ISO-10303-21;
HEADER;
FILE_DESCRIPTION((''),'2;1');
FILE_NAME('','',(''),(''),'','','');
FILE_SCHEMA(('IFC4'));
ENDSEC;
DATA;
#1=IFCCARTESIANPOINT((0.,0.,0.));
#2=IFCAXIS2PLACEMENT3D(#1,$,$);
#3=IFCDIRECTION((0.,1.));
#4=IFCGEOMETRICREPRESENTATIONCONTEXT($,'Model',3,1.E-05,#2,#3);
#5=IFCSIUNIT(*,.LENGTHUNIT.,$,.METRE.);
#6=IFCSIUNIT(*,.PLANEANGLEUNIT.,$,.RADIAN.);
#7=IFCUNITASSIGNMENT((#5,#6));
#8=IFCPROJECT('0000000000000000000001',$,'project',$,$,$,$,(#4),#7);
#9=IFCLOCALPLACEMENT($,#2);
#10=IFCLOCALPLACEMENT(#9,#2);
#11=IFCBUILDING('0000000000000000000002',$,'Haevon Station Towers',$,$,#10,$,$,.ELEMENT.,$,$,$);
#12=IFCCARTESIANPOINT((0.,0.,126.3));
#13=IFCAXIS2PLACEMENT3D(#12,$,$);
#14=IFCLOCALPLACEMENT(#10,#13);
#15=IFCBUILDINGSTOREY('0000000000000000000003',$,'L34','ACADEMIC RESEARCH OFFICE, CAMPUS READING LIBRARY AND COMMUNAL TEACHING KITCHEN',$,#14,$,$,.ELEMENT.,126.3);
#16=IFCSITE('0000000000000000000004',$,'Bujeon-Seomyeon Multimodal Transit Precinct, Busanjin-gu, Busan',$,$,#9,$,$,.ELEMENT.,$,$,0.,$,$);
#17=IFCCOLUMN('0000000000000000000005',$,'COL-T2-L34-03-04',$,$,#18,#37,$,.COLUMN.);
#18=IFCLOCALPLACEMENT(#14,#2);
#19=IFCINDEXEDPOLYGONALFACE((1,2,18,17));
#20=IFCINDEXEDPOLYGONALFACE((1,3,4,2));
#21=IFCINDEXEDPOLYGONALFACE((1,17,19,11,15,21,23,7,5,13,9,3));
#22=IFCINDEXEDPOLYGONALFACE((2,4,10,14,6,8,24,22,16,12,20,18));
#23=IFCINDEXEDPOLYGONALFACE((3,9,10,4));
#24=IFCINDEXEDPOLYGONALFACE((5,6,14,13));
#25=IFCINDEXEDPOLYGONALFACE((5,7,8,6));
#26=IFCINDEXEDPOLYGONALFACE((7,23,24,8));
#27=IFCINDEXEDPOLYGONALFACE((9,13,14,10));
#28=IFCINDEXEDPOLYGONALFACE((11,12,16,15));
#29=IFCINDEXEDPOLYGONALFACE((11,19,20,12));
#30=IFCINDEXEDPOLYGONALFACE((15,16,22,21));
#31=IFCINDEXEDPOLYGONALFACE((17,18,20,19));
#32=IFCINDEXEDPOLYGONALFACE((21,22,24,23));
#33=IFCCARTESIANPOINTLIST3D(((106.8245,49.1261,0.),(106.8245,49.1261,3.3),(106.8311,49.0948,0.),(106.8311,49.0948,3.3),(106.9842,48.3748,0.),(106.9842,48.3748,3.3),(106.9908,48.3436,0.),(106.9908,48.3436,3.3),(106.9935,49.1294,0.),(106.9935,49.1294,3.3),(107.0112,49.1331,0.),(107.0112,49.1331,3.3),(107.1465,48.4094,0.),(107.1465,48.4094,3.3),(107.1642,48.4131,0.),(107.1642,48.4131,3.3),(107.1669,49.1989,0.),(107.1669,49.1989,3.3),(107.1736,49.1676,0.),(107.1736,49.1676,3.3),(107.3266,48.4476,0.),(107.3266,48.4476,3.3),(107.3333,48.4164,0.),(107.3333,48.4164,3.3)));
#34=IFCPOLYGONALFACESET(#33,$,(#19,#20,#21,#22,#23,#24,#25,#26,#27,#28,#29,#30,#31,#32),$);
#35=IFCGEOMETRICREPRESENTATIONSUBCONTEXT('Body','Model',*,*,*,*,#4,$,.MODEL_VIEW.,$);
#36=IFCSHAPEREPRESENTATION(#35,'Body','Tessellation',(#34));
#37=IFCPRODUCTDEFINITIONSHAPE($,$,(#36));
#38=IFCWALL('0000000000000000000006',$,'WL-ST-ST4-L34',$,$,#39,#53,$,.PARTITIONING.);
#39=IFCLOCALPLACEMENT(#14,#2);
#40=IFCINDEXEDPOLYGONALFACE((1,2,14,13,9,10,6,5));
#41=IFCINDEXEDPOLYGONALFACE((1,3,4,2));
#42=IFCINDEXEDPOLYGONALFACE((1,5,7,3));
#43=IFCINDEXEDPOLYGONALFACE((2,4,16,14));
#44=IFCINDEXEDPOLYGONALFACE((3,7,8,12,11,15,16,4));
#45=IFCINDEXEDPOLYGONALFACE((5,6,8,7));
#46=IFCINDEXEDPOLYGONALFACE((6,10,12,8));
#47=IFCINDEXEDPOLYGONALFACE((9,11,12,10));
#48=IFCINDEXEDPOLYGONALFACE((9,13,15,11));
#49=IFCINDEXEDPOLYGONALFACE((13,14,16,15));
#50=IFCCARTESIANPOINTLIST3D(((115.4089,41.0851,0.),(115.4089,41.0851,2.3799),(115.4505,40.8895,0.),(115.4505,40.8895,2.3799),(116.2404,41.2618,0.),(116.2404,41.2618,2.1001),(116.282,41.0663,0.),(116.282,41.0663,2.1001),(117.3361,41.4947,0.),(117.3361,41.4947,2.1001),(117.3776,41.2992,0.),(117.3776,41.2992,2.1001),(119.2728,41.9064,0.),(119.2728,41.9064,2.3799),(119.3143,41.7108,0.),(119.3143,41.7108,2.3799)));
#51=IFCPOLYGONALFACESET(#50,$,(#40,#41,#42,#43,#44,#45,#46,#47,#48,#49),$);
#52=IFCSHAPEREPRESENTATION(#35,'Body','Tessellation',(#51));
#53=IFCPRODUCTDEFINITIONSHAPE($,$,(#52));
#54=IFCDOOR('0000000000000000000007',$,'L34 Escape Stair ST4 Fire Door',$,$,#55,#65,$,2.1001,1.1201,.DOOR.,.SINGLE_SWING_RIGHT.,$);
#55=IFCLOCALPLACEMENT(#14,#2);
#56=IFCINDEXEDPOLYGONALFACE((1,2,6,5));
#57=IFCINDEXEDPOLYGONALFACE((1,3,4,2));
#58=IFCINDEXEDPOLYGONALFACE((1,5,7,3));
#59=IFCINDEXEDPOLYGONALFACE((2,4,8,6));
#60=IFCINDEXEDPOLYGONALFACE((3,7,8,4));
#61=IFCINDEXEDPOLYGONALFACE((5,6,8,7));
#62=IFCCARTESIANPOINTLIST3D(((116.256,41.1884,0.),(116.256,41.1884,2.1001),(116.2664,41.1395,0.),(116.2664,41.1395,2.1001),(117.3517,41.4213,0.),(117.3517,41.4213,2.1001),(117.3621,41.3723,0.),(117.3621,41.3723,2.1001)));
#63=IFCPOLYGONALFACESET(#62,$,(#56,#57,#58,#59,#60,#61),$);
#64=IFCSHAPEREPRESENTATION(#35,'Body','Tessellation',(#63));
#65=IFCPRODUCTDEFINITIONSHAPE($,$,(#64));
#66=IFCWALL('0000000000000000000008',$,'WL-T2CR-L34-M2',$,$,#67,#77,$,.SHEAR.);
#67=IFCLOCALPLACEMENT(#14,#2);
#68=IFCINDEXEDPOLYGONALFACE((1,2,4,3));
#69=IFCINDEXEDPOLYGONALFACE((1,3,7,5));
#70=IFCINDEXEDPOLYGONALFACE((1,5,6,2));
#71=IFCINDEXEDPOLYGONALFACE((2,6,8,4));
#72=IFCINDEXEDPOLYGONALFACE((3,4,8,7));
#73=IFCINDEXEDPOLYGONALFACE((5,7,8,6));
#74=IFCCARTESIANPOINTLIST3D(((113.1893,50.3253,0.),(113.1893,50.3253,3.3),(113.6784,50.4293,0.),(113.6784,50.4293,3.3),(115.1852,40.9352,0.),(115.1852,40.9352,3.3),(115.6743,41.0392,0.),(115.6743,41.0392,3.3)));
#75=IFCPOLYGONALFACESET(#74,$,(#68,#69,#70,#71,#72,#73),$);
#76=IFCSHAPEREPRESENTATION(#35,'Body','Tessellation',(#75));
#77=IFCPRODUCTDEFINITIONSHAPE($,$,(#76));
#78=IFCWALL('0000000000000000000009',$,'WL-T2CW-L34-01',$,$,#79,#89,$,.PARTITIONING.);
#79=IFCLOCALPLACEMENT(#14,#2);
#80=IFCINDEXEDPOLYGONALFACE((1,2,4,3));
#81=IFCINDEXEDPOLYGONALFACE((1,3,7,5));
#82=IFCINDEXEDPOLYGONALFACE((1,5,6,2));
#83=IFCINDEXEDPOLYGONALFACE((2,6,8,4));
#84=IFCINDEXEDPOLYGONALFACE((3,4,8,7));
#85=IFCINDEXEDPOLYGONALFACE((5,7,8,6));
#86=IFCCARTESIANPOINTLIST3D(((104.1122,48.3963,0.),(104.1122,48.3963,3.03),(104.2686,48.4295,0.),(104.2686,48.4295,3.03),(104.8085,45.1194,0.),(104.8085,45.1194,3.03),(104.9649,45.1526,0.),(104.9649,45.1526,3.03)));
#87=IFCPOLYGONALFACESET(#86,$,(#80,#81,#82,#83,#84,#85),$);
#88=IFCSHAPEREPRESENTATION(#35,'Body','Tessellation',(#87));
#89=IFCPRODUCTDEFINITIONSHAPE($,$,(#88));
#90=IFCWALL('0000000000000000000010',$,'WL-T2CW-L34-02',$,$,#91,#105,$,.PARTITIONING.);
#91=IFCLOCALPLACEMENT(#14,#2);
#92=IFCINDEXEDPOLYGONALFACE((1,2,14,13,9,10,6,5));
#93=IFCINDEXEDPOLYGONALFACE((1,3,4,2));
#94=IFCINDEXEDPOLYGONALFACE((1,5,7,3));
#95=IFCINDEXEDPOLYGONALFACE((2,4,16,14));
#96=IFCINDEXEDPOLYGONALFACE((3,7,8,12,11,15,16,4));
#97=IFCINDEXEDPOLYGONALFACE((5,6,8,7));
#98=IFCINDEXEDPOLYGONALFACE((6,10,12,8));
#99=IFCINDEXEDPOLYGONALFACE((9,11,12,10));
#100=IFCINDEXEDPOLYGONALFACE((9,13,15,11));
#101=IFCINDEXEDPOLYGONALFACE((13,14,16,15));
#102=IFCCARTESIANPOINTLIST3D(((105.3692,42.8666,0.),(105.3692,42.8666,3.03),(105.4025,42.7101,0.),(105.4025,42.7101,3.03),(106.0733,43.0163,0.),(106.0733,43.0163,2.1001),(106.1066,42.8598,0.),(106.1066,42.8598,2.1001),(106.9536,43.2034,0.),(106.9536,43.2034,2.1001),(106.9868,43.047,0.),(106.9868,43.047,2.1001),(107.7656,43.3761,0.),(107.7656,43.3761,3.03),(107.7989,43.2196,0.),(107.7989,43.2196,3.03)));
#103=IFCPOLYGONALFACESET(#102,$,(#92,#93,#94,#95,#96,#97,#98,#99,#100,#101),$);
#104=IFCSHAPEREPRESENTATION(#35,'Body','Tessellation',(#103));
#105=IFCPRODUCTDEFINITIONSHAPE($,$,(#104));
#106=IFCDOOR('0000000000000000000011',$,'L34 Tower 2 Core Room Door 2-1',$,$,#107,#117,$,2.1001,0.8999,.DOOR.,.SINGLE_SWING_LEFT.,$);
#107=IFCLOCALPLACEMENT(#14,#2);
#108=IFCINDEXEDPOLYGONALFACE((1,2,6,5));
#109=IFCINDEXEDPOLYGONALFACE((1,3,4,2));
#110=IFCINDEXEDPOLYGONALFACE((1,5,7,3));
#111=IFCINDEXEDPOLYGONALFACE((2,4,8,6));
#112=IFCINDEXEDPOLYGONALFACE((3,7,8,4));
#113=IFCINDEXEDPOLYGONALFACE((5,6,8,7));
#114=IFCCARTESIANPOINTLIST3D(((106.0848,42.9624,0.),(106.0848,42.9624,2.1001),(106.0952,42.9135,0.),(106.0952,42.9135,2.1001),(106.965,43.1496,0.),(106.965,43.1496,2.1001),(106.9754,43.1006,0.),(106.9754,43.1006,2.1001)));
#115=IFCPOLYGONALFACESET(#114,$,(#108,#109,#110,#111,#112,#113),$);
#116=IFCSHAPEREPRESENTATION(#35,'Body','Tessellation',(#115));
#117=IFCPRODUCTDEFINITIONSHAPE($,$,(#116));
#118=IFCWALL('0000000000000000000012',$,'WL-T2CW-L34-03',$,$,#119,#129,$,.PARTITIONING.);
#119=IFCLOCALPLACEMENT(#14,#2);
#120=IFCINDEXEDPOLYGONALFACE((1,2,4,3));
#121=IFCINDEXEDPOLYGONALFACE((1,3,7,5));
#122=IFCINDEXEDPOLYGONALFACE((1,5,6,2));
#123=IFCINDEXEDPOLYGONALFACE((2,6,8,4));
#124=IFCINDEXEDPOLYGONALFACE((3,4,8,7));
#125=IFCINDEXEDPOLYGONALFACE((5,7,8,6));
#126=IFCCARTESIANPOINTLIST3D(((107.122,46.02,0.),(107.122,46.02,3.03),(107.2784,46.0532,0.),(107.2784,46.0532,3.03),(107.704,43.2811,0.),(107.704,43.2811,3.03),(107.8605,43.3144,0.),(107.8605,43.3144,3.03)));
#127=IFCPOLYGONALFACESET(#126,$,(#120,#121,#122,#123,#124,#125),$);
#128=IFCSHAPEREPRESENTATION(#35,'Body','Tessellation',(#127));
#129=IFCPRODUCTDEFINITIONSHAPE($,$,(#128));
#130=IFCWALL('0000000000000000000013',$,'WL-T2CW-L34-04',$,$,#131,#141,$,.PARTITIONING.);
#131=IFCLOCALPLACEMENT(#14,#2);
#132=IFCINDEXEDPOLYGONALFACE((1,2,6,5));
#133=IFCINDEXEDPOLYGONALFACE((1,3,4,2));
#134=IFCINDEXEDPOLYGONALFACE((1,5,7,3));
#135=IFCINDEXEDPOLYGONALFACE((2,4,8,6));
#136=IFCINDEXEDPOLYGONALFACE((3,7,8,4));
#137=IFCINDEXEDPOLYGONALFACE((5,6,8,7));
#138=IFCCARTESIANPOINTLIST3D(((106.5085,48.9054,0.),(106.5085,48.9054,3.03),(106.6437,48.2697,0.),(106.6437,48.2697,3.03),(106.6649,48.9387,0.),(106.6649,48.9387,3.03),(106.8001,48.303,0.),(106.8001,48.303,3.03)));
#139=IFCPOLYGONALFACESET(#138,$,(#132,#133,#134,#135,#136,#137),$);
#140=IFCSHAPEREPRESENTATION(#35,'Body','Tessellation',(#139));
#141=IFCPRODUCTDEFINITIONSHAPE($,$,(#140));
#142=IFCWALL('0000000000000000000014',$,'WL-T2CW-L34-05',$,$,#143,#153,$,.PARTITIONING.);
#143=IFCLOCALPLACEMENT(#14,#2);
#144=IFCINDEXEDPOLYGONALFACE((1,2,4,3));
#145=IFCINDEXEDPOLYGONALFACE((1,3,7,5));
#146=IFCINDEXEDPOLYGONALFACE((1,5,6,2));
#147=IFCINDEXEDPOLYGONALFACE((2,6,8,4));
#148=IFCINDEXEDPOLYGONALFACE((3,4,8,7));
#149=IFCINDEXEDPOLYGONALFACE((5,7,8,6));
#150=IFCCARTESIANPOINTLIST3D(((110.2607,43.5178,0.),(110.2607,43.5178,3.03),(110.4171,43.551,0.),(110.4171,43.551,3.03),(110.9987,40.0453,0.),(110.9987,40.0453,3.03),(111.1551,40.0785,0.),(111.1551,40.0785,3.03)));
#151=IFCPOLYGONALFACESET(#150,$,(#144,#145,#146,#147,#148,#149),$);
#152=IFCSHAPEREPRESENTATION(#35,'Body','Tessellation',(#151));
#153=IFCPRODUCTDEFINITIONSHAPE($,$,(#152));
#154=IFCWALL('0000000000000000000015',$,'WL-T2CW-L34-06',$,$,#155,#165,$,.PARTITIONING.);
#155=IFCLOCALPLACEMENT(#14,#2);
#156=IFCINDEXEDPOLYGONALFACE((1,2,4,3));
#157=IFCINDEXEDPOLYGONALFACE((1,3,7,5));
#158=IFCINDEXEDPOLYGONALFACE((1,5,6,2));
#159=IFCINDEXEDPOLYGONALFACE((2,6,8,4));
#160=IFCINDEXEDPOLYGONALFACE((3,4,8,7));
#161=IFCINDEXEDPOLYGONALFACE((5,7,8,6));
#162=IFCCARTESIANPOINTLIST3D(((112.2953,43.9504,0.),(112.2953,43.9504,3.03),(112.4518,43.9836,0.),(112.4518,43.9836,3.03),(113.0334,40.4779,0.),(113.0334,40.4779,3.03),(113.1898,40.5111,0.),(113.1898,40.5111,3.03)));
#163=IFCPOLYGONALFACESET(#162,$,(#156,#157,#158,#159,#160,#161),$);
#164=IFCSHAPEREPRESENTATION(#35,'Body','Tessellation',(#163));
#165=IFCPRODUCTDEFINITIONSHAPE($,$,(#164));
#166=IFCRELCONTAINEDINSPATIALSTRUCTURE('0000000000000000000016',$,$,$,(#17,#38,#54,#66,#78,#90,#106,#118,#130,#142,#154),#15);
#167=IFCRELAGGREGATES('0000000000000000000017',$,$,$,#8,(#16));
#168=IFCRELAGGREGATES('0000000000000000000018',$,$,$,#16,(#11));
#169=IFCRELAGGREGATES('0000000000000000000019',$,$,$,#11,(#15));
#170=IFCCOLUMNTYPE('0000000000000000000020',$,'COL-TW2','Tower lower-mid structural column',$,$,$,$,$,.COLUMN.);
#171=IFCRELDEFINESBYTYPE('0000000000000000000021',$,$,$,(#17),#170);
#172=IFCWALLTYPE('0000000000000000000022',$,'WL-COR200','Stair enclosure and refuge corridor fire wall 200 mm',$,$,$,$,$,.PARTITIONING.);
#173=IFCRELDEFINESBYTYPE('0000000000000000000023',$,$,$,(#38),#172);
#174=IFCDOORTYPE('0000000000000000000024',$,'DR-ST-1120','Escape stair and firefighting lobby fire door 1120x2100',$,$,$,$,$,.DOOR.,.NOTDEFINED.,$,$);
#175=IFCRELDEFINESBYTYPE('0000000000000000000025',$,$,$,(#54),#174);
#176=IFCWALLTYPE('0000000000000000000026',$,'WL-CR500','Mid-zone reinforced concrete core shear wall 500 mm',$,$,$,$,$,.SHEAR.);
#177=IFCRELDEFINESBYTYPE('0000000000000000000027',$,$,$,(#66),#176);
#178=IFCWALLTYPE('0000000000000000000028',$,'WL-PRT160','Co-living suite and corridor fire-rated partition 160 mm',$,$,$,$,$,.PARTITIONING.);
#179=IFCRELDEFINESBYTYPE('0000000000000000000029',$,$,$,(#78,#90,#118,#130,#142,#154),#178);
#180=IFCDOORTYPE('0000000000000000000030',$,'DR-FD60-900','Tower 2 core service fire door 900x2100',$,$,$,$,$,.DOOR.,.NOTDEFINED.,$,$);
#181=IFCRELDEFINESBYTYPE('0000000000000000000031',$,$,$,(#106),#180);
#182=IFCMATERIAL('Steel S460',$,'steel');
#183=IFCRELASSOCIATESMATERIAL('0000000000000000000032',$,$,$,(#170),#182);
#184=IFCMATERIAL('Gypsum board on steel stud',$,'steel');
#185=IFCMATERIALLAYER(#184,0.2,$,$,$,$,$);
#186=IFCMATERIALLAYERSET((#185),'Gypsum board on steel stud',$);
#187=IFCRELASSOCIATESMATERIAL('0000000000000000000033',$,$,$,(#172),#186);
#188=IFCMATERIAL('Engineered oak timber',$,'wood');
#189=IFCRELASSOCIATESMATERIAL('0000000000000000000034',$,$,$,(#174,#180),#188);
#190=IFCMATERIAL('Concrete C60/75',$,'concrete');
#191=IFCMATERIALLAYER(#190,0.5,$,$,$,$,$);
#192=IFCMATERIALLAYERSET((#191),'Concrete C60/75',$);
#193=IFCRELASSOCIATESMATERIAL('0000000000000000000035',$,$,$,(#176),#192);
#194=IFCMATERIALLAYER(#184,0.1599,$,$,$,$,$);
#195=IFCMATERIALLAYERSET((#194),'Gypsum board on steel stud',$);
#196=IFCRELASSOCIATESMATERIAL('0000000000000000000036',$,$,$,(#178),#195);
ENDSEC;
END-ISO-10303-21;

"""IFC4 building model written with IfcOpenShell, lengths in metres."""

from ifc_helpers import new_model, si_unit, direction, frame, frame_2d, origin, origin_2d, place, context, subcontext, project, spatial, rectangle, i_section, extrude, material, layer, layer_set, material_profile, profile_set, type_object, element, fill, save


model = new_model("IFC4")

# Units and contexts
model_context = context("Model", 3, precision=1e-05, world=origin(), true_north=direction((0.0, 1.0)))
body_context = subcontext(model_context, "Body", "Model", "MODEL_VIEW")
ifc_project = project(units=[si_unit("LENGTHUNIT", "METRE"), si_unit("PLANEANGLEUNIT", "RADIAN")], contexts=[model_context])

# Site, building, storey
site_placement = place(None, origin())
site = spatial("IfcSite", under=ifc_project, at=site_placement, Name="Bujeon-Seomyeon Multimodal Transit Precinct, Busanjin-gu, Busan", CompositionType="ELEMENT", RefElevation=0.0)
building_placement = place(site_placement, origin())
building = spatial("IfcBuilding", under=site, at=building_placement, Name="Haevon Station Towers", CompositionType="ELEMENT")
storey_placement = place(building_placement, frame((0.0, 0.0, 126.3)))
storey = spatial("IfcBuildingStorey", under=building, at=storey_placement, Name="L34", Description="ACADEMIC RESEARCH OFFICE, CAMPUS READING LIBRARY AND COMMUNAL TEACHING KITCHEN", CompositionType="ELEMENT", Elevation=126.3)

# Column
ifc_material_1 = material(Name="Steel S460", Category="steel")
ifc_material_profile = material_profile(ifc_material_1, i_section(OverallWidth=0.3501, OverallDepth=0.8, WebThickness=0.0181, FlangeThickness=0.032, at=origin_2d()), Name="H-800x350x18x32")
ifc_profile_set = profile_set([ifc_material_profile], Name="Steel S460")
column_type = type_object("IfcColumnType", Name="COL-TW2", Description="Tower lower-mid structural column", PredefinedType="COLUMN", material=ifc_profile_set)
column_placement = place(storey_placement, frame((107.0789, 48.7712, 0.0), z_axis=(0.0, 0.0, 1.0), x_axis=(0.978148, 0.207912, 0.0)))
element("IfcColumn", 1, at=column_placement, inside=storey, type_object=column_type, Name="COL-T2-L34-03-04", PredefinedType="COLUMN", context=body_context, shape_type="SweptSolid", body=[
    extrude(i_section(OverallWidth=0.3501, OverallDepth=0.8, WebThickness=0.0181, FlangeThickness=0.032, at=origin_2d()), origin(), (0.0, 0.0, 1.0), 3.3),
])

# Wall, opening, door
ifc_material_2 = material(Name="Gypsum board on steel stud", Category="steel")
ifc_layer_1 = layer(ifc_material_2, 0.2)
ifc_layer_set_1 = layer_set([ifc_layer_1], Name="Gypsum board on steel stud")
wall_type_1 = type_object("IfcWallType", Name="WL-COR200", Description="Stair enclosure and refuge corridor fire wall 200 mm", PredefinedType="PARTITIONING", material=ifc_layer_set_1)
wall_1_placement = place(storey_placement, frame((115.4297, 40.9873, 0.0), z_axis=(0.0, 0.0, 1.0), x_axis=(0.978147, 0.207916, 0.0)))
wall_1 = element("IfcWall", 2, at=wall_1_placement, inside=storey, type_object=wall_type_1, Name="WL-ST-ST4-L34", PredefinedType="PARTITIONING", context=body_context, shape_type="SweptSolid", body=[
    extrude(rectangle(XDim=3.9502, YDim=0.2, at=frame_2d((1.9751, 0.0))), origin(), (0.0, 0.0, 1.0), 2.3799),
])
opening_1_placement = place(wall_1_placement, frame((0.8501, 0.0, 0.0)))
opening_1 = element("IfcOpeningElement", 3, at=opening_1_placement, cuts=wall_1, PredefinedType="OPENING", context=body_context, shape_type="SweptSolid", body=[
    extrude(rectangle(XDim=1.1201, YDim=2.1001, at=frame_2d((0.5601, 1.05))), frame((0.0, 0.1099, 0.0), z_axis=(0.0, -1.0, 0.0), x_axis=(1.0, 0.0, 0.0)), (0.0, 0.0, 1.0), 0.22),
])
ifc_material_3 = material(Name="Engineered oak timber", Category="wood")
door_type_1 = type_object("IfcDoorType", Name="DR-ST-1120", Description="Escape stair and firefighting lobby fire door 1120x2100", OperationType="NOTDEFINED", PredefinedType="DOOR", material=ifc_material_3)
door_1_placement = place(opening_1_placement, origin())
door_1 = element("IfcDoor", 4, at=door_1_placement, inside=storey, type_object=door_type_1, Name="L34 Escape Stair ST4 Fire Door", OperationType="SINGLE_SWING_RIGHT", OverallHeight=2.1001, OverallWidth=1.1201, PredefinedType="DOOR", context=body_context, shape_type="SweptSolid", body=[
    extrude(rectangle(XDim=1.1201, YDim=2.1001, at=frame_2d((0.5601, 1.05))), frame((0.0, 0.0249, 0.0), z_axis=(0.0, -1.0, 0.0), x_axis=(1.0, 0.0, 0.0)), (0.0, 0.0, 1.0), 0.05),
])
fill(opening_1, door_1)

# Walls
ifc_material_4 = material(Name="Concrete C60/75", Category="concrete")
ifc_layer_2 = layer(ifc_material_4, 0.5)
ifc_layer_set_2 = layer_set([ifc_layer_2], Name="Concrete C60/75")
wall_type_2 = type_object("IfcWallType", Name="WL-CR500", Description="Mid-zone reinforced concrete core shear wall 500 mm", PredefinedType="SHEAR", material=ifc_layer_set_2)
wall_2_placement = place(storey_placement, frame((115.4297, 40.9873, 0.0), z_axis=(0.0, 0.0, 1.0), x_axis=(-0.207903, 0.978149, 0.0)))
element("IfcWall", 5, at=wall_2_placement, inside=storey, type_object=wall_type_2, Name="WL-T2CR-L34-M2", PredefinedType="SHEAR", context=body_context, shape_type="SweptSolid", body=[
    extrude(rectangle(XDim=9.5999, YDim=0.5, at=frame_2d((4.7998, 0.0))), origin(), (0.0, 0.0, 1.0), 3.3),
])
ifc_layer_3 = layer(ifc_material_2, 0.1599)
ifc_layer_set_3 = layer_set([ifc_layer_3], Name="Gypsum board on steel stud")
wall_type_3 = type_object("IfcWallType", Name="WL-PRT160", Description="Co-living suite and corridor fire-rated partition 160 mm", PredefinedType="PARTITIONING", material=ifc_layer_set_3)
wall_3_placement = place(storey_placement, frame((104.8867, 45.136, 0.0), z_axis=(0.0, 0.0, 1.0), x_axis=(-0.207847, 0.978161, 0.0)))
element("IfcWall", 6, at=wall_3_placement, inside=storey, type_object=wall_type_3, Name="WL-T2CW-L34-01", PredefinedType="PARTITIONING", context=body_context, shape_type="SweptSolid", body=[
    extrude(rectangle(XDim=3.3501, YDim=0.1599, at=frame_2d((1.675, 0.0))), origin(), (0.0, 0.0, 1.0), 3.03),
])

# Wall, opening, door
wall_4_placement = place(storey_placement, frame((105.3857, 42.7883, 0.0), z_axis=(0.0, 0.0, 1.0), x_axis=(0.978137, 0.207964, 0.0)))
wall_4 = element("IfcWall", 7, at=wall_4_placement, inside=storey, type_object=wall_type_3, Name="WL-T2CW-L34-02", PredefinedType="PARTITIONING", context=body_context, shape_type="SweptSolid", body=[
    extrude(rectangle(XDim=2.45, YDim=0.1599, at=frame_2d((1.2251, 0.0))), origin(), (0.0, 0.0, 1.0), 3.03),
])
opening_2_placement = place(wall_4_placement, frame((0.72, 0.0, 0.0)))
opening_2 = element("IfcOpeningElement", 8, at=opening_2_placement, cuts=wall_4, PredefinedType="OPENING", context=body_context, shape_type="SweptSolid", body=[
    extrude(rectangle(XDim=0.8999, YDim=2.1001, at=frame_2d((0.45, 1.05))), frame((0.0, 0.0898, 0.0), z_axis=(0.0, -1.0, 0.0), x_axis=(1.0, 0.0, 0.0)), (0.0, 0.0, 1.0), 0.1799),
])
door_type_2 = type_object("IfcDoorType", Name="DR-FD60-900", Description="Tower 2 core service fire door 900x2100", OperationType="NOTDEFINED", PredefinedType="DOOR", material=ifc_material_3)
door_2_placement = place(opening_2_placement, origin())
door_2 = element("IfcDoor", 9, at=door_2_placement, inside=storey, type_object=door_type_2, Name="L34 Tower 2 Core Room Door 2-1", OperationType="SINGLE_SWING_LEFT", OverallHeight=2.1001, OverallWidth=0.8999, PredefinedType="DOOR", context=body_context, shape_type="SweptSolid", body=[
    extrude(rectangle(XDim=0.8999, YDim=2.1001, at=frame_2d((0.45, 1.05))), frame((0.0, 0.0249, 0.0), z_axis=(0.0, -1.0, 0.0), x_axis=(1.0, 0.0, 0.0)), (0.0, 0.0, 1.0), 0.05),
])
fill(opening_2, door_2)

# Walls
wall_5_placement = place(storey_placement, frame((107.7822, 43.2979, 0.0), z_axis=(0.0, 0.0, 1.0), x_axis=(-0.207873, 0.978156, 0.0)))
element("IfcWall", 10, at=wall_5_placement, inside=storey, type_object=wall_type_3, Name="WL-T2CW-L34-03", PredefinedType="PARTITIONING", context=body_context, shape_type="SweptSolid", body=[
    extrude(rectangle(XDim=2.8, YDim=0.1599, at=frame_2d((1.3999, 0.0))), origin(), (0.0, 0.0, 1.0), 3.03),
])
wall_6_placement = place(storey_placement, frame((106.7219, 48.2864, 0.0), z_axis=(0.0, 0.0, 1.0), x_axis=(-0.208092, 0.978109, 0.0)))
element("IfcWall", 11, at=wall_6_placement, inside=storey, type_object=wall_type_3, Name="WL-T2CW-L34-04", PredefinedType="PARTITIONING", context=body_context, shape_type="SweptSolid", body=[
    extrude(rectangle(XDim=0.6499, YDim=0.1599, at=frame_2d((0.325, 0.0))), origin(), (0.0, 0.0, 1.0), 3.03),
])
for number, where, z_axis, x_axis, name in (
    (12, (111.0769, 40.062, 0.0), (0.0, 0.0, 1.0), (-0.207899, 0.97815, 0.0), "WL-T2CW-L34-05"),
    (13, (113.1116, 40.4946, 0.0), (0.0, 0.0, 1.0), (-0.207899, 0.97815, 0.0), "WL-T2CW-L34-06"),
):
    element("IfcWall", number, at=place(storey_placement, frame(where, z_axis=z_axis, x_axis=x_axis)), inside=storey, type_object=wall_type_3, Name=name, PredefinedType="PARTITIONING", context=body_context, shape_type="SweptSolid", body=[
        extrude(rectangle(XDim=3.55, YDim=0.1599, at=frame_2d((1.7749, 0.0))), origin(), (0.0, 0.0, 1.0), 3.03),
    ])

save(model, "model.ifc")
